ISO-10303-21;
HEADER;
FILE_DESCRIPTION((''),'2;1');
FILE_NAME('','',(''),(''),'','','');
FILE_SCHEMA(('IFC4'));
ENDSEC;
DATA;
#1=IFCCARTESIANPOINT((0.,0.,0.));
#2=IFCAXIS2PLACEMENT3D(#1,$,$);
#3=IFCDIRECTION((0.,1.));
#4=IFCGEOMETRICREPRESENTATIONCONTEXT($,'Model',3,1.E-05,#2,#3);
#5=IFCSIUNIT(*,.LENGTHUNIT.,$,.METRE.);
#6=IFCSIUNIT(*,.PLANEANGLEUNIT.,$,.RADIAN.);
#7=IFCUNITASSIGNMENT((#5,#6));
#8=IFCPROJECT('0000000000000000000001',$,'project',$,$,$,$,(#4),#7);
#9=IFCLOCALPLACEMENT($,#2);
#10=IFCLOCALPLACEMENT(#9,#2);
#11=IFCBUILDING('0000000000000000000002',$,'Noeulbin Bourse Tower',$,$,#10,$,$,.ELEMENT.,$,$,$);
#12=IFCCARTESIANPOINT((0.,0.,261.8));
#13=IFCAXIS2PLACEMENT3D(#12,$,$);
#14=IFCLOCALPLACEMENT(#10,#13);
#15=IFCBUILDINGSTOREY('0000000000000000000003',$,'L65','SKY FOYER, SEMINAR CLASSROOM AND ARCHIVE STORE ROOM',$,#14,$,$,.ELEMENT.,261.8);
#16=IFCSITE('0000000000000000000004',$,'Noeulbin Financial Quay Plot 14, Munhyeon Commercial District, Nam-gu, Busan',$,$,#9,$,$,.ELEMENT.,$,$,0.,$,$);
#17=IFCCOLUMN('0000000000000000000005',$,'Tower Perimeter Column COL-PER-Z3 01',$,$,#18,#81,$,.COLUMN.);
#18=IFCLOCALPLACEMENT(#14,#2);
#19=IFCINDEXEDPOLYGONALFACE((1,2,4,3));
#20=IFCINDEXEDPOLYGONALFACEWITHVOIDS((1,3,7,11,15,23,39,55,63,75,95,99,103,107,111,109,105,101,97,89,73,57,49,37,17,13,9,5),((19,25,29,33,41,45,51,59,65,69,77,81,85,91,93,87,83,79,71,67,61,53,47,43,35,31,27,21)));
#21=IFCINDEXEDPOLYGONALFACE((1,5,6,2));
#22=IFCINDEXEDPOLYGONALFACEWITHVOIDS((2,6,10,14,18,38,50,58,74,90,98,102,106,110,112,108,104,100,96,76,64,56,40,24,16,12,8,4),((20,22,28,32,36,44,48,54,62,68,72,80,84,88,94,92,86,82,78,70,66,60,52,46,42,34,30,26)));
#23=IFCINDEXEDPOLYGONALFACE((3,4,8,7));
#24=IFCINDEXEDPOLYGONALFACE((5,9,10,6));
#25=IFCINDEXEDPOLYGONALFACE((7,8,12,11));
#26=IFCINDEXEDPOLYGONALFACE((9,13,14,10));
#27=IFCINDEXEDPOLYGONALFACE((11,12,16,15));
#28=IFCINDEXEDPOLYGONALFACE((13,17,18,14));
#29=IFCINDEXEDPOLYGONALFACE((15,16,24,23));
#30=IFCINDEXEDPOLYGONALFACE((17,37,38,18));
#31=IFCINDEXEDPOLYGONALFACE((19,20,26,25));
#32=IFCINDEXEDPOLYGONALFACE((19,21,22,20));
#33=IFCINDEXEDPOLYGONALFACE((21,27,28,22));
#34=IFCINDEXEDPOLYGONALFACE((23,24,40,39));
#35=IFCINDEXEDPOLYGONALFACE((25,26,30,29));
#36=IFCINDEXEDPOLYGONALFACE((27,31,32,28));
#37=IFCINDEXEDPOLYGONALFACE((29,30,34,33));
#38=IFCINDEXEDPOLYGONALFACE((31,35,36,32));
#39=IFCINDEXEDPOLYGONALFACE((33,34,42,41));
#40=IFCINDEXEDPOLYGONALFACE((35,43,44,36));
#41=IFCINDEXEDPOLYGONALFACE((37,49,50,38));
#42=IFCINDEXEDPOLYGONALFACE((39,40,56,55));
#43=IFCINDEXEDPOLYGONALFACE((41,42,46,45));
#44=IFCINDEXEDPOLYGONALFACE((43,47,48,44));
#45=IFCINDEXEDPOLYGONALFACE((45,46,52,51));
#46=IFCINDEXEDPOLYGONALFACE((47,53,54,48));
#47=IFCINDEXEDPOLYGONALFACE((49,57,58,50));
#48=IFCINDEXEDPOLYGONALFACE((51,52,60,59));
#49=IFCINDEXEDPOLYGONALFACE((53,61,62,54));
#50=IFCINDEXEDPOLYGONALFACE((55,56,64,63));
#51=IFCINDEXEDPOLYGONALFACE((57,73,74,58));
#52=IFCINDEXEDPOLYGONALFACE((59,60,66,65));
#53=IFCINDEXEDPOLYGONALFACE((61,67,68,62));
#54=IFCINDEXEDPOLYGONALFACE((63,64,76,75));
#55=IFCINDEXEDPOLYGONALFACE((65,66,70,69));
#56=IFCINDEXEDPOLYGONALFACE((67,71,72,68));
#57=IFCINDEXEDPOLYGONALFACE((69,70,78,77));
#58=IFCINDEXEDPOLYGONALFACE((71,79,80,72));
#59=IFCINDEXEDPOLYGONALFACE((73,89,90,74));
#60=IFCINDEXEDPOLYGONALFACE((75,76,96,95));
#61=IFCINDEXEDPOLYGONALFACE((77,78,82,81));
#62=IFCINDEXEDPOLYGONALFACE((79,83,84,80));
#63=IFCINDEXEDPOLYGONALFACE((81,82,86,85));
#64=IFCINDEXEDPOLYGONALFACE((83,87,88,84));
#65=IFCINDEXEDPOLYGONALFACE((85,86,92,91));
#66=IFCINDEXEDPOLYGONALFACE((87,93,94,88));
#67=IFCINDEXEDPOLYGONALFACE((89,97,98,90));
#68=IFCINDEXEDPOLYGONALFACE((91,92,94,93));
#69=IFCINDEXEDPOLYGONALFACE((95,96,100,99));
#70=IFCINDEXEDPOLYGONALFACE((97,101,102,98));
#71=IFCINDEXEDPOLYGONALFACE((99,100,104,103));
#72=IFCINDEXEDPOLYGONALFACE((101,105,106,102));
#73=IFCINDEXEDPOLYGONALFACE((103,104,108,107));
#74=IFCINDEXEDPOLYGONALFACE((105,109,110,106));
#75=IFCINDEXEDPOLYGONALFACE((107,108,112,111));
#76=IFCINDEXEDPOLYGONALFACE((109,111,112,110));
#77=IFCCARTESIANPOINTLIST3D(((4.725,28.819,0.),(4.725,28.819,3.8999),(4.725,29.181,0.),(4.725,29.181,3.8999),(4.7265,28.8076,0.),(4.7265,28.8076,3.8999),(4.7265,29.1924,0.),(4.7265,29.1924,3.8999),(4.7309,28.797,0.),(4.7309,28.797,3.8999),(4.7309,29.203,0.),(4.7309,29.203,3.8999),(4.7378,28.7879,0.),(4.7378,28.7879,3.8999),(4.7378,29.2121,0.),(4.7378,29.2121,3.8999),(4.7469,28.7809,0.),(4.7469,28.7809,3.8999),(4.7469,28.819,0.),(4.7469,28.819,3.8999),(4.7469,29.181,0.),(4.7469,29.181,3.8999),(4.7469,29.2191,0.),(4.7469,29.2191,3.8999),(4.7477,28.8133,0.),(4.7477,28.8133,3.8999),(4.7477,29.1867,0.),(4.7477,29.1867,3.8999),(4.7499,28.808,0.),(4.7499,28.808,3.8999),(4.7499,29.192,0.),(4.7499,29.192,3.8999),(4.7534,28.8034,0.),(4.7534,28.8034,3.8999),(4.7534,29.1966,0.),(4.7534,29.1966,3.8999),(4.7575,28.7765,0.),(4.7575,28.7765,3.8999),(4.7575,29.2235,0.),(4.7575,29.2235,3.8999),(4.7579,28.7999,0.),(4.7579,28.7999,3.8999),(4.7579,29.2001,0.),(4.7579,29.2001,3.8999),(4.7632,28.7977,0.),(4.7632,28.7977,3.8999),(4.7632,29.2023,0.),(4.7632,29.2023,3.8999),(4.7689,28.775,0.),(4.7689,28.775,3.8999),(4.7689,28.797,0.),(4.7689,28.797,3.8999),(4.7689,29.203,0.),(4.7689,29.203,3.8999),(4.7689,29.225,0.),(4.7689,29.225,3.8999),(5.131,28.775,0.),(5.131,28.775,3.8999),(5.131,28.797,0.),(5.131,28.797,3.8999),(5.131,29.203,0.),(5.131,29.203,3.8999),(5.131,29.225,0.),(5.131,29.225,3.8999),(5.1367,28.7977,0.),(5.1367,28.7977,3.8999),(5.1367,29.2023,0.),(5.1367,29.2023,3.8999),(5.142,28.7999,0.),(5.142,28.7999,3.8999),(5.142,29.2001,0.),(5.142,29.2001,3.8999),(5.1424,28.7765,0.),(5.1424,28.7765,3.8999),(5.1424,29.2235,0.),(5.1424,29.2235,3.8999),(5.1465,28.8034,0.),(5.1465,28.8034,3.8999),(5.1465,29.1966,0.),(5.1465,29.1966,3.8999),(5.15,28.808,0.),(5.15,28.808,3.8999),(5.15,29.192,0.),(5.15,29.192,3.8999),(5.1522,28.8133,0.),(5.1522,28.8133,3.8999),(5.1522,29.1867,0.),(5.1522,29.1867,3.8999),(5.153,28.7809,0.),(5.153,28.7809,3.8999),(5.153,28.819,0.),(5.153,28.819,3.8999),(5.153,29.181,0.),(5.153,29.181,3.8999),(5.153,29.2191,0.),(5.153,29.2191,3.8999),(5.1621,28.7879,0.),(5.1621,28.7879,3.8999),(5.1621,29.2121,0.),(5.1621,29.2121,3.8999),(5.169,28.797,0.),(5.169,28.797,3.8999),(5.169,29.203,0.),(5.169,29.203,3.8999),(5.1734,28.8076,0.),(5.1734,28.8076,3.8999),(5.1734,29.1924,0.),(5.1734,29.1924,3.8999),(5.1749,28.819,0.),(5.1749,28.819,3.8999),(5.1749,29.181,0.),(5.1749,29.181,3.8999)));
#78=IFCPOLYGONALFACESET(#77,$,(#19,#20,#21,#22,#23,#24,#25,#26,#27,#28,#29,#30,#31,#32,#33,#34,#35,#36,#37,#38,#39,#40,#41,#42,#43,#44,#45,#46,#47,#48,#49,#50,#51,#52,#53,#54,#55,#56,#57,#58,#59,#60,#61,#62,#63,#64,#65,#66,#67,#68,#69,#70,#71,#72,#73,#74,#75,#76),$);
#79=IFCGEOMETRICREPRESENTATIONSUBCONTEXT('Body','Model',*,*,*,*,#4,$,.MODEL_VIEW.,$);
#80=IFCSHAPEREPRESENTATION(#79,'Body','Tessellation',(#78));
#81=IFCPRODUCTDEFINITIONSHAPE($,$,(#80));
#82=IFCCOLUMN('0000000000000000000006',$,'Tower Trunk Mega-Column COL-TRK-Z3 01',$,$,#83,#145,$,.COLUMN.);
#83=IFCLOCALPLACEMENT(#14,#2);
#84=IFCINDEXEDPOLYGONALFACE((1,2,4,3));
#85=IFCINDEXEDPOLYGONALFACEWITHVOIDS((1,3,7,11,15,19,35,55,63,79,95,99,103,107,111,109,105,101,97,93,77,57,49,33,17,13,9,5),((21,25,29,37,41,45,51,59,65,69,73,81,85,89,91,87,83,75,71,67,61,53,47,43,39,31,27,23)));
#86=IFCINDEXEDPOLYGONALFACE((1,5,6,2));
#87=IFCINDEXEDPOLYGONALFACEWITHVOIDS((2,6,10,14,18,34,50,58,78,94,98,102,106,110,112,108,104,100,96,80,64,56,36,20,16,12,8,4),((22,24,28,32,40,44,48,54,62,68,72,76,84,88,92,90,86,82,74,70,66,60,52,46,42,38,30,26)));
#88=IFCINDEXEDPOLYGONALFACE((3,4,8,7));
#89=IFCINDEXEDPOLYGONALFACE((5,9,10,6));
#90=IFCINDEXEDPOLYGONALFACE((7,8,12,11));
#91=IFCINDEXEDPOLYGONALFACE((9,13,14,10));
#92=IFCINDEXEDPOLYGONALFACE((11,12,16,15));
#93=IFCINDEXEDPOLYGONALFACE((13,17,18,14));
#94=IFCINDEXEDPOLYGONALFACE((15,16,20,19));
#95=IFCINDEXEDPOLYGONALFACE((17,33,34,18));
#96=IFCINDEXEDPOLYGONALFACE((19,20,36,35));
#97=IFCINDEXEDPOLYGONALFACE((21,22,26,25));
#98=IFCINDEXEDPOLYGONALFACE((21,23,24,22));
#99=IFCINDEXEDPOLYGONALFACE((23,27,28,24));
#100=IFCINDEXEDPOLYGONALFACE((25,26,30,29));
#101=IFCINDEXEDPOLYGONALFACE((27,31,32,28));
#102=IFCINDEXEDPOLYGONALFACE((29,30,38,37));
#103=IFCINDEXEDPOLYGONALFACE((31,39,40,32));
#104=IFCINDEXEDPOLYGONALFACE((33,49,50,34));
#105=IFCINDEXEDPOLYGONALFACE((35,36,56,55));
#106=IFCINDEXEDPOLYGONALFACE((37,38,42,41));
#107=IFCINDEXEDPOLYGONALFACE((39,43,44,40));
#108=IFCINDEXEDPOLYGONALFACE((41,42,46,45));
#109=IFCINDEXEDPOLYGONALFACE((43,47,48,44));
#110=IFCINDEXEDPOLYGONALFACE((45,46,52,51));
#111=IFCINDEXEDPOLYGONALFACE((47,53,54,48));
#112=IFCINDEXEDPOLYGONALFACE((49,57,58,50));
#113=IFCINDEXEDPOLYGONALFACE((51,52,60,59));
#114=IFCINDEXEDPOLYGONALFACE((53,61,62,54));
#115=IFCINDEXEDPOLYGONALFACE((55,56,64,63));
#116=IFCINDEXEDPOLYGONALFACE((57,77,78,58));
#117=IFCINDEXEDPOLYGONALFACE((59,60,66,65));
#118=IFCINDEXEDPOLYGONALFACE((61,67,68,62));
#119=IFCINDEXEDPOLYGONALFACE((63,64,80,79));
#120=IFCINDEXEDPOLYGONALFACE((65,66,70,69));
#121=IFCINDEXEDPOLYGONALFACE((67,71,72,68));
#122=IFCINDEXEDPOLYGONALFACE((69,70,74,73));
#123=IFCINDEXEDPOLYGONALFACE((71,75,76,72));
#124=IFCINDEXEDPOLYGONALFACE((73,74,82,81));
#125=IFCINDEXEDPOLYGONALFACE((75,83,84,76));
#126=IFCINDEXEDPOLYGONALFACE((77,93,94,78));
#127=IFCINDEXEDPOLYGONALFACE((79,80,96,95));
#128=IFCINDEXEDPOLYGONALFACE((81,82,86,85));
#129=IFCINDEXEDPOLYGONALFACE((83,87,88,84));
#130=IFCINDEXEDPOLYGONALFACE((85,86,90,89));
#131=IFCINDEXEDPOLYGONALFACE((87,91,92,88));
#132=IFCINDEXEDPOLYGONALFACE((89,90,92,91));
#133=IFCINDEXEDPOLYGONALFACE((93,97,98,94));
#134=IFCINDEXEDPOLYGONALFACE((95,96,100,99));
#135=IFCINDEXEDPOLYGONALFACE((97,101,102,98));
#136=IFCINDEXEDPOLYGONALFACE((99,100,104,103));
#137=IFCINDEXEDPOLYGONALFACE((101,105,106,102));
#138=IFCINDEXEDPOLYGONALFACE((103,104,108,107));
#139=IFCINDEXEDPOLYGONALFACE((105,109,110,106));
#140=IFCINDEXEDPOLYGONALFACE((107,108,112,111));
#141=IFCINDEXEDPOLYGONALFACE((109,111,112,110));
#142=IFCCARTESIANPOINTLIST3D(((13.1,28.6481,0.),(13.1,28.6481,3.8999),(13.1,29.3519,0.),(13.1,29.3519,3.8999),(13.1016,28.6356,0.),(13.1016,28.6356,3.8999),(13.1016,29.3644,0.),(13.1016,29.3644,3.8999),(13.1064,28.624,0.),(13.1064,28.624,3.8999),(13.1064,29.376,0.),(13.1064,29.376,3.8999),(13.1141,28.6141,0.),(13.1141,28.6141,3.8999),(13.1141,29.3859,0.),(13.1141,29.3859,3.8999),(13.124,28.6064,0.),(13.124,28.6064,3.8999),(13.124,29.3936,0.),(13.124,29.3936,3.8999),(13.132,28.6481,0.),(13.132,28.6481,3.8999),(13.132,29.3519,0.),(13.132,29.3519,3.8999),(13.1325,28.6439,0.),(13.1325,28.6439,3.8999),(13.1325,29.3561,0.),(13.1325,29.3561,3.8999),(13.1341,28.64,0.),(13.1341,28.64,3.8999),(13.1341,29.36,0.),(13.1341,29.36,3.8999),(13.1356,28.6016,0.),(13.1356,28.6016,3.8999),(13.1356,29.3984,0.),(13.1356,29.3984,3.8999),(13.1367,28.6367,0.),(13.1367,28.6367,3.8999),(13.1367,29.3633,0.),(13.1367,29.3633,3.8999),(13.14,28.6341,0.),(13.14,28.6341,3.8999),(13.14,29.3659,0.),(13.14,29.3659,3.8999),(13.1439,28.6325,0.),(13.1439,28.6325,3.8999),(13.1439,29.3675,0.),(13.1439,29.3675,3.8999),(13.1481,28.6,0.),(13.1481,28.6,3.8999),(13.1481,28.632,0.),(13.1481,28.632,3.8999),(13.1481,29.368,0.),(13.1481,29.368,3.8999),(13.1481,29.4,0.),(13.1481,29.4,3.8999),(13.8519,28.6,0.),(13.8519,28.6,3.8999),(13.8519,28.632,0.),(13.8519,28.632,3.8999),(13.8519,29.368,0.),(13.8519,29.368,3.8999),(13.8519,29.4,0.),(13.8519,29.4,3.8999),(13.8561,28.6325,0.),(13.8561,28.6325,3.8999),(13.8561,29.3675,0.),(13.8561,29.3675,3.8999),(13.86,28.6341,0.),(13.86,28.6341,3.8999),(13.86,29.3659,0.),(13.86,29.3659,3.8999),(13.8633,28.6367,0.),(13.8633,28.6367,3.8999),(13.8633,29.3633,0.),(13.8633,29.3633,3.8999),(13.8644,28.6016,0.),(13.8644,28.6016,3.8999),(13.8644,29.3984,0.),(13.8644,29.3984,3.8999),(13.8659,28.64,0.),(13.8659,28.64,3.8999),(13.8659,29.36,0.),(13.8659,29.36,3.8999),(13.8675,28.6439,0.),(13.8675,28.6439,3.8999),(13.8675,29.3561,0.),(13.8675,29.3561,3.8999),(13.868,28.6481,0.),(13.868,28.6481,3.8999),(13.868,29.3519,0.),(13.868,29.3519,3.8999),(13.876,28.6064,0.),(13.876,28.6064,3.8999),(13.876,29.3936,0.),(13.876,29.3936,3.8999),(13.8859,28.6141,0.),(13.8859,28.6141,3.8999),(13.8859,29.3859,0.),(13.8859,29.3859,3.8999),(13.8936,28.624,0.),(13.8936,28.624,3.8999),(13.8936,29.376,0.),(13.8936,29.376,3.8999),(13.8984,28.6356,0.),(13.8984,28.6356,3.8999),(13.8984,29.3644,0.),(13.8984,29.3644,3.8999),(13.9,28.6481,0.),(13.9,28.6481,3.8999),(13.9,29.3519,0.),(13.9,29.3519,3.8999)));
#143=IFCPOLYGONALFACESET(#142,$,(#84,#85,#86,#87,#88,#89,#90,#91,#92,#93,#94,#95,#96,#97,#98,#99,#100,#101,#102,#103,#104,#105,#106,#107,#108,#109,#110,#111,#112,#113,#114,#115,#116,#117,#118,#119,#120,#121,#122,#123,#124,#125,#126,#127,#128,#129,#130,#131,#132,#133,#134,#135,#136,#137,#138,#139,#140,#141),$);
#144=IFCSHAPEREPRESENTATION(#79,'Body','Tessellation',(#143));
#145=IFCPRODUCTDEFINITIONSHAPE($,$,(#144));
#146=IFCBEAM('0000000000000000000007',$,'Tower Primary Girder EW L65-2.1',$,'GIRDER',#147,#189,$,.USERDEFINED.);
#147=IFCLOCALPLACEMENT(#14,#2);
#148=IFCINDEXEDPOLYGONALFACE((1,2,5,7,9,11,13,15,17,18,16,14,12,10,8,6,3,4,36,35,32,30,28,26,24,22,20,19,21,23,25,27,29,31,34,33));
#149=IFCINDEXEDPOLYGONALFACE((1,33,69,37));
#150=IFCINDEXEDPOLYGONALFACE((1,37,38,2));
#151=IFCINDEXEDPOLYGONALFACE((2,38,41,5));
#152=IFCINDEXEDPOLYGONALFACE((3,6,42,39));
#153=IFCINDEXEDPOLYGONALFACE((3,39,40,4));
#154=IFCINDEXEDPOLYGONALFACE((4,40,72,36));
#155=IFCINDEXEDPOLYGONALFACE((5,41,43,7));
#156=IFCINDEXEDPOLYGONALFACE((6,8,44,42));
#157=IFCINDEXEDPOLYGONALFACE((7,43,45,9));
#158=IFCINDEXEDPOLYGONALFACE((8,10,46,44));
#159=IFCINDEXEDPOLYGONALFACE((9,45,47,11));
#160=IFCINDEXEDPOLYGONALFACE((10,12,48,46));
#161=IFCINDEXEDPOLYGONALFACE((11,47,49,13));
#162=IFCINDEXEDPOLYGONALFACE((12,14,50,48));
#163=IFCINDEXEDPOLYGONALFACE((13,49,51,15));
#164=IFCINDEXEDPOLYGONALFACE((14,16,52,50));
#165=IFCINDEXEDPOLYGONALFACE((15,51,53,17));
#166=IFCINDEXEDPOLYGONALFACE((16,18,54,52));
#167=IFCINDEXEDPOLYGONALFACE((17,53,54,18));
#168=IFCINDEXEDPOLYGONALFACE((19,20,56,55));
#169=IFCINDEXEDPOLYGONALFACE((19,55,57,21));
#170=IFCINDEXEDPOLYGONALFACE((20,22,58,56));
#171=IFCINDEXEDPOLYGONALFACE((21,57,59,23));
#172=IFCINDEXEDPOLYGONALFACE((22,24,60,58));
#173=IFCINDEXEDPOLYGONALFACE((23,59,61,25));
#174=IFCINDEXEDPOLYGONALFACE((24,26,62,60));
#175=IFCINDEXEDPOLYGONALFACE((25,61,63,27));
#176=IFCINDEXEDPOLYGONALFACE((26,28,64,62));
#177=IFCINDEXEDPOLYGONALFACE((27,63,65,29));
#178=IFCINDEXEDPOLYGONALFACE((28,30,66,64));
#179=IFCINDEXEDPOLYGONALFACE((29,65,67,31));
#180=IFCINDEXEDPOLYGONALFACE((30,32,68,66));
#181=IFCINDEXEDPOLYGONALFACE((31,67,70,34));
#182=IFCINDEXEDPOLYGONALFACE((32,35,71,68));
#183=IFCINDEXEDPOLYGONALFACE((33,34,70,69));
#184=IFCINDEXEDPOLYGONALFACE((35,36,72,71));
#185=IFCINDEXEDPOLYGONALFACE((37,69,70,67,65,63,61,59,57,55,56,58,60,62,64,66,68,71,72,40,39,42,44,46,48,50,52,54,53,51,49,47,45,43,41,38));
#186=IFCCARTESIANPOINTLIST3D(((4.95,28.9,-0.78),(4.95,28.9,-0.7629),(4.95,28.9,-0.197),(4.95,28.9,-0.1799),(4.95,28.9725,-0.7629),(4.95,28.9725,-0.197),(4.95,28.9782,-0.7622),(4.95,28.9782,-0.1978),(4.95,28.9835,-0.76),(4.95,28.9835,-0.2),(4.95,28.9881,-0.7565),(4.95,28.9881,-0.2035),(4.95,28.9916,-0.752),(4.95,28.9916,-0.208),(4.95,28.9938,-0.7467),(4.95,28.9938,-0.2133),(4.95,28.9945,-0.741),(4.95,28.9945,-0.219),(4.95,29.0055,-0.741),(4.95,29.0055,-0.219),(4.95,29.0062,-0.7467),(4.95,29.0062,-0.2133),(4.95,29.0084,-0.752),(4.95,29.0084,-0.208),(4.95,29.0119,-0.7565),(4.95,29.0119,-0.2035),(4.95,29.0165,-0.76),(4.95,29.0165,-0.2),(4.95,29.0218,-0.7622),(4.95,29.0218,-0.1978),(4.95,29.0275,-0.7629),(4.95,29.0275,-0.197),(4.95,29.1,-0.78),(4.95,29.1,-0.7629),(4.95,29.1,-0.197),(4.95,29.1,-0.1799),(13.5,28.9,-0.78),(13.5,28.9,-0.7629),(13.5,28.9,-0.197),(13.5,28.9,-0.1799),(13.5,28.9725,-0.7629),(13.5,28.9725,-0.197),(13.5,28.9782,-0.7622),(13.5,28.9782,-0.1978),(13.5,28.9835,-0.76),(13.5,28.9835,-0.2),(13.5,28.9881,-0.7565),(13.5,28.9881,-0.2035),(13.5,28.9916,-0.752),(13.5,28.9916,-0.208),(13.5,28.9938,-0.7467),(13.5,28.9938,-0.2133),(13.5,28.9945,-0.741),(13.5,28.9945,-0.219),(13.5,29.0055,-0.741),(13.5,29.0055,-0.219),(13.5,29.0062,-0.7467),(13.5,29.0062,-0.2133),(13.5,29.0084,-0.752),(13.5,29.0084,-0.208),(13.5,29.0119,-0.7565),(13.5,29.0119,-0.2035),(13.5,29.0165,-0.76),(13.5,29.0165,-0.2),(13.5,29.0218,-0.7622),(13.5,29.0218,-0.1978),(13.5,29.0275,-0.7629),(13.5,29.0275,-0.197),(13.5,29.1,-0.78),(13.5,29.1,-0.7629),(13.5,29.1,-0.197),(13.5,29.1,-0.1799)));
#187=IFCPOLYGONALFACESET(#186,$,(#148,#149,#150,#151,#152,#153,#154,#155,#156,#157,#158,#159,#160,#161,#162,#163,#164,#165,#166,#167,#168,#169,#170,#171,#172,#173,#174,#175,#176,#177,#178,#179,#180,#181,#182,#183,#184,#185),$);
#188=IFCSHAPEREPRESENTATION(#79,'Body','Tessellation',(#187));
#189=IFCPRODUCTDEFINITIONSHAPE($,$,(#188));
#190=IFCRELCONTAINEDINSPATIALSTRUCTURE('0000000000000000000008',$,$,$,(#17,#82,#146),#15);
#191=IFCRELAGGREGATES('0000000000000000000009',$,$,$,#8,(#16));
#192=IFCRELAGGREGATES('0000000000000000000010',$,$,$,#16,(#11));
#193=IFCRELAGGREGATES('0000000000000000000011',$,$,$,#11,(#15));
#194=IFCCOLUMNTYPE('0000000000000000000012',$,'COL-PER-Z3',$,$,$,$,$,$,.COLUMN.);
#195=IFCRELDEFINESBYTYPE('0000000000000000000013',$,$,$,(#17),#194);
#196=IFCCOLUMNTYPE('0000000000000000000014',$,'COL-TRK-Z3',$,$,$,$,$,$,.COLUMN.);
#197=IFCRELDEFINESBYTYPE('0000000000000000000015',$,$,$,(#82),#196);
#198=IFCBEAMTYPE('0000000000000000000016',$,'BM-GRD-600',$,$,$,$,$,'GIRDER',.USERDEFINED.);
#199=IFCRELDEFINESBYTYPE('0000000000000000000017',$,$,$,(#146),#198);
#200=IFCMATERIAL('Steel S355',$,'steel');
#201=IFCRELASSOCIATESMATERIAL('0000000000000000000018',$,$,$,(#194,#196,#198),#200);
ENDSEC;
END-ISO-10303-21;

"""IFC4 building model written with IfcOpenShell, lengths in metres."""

from ifc_helpers import new_model, si_unit, direction, frame, origin, origin_2d, place, context, subcontext, project, spatial, hollow_rectangle, i_section, extrude, material, material_profile, profile_set, type_object, element, save


model = new_model("IFC4")

# Units and contexts
model_context = context("Model", 3, precision=1e-05, world=origin(), true_north=direction((0.0, 1.0)))
body_context = subcontext(model_context, "Body", "Model", "MODEL_VIEW")
ifc_project = project(units=[si_unit("LENGTHUNIT", "METRE"), si_unit("PLANEANGLEUNIT", "RADIAN")], contexts=[model_context])

# Site, building, storey
site_placement = place(None, origin())
site = spatial("IfcSite", under=ifc_project, at=site_placement, Name="Noeulbin Financial Quay Plot 14, Munhyeon Commercial District, Nam-gu, Busan", CompositionType="ELEMENT", RefElevation=0.0)
building_placement = place(site_placement, origin())
building = spatial("IfcBuilding", under=site, at=building_placement, Name="Noeulbin Bourse Tower", CompositionType="ELEMENT")
storey_placement = place(building_placement, frame((0.0, 0.0, 261.8)))
storey = spatial("IfcBuildingStorey", under=building, at=storey_placement, Name="L65", Description="SKY FOYER, SEMINAR CLASSROOM AND ARCHIVE STORE ROOM", CompositionType="ELEMENT", Elevation=261.8)

# Columns
ifc_material_1 = material(Name="Steel S355", Category="steel")
ifc_material_profile_1 = material_profile(ifc_material_1, hollow_rectangle(XDim=0.45, YDim=0.45, WallThickness=0.022, InnerFilletRadius=0.022, OuterFilletRadius=0.0439, at=origin_2d()), Name="SHS-450x450x22", Category="LoadBearing")
ifc_profile_set_1 = profile_set([ifc_material_profile_1], Name="Steel S355")
column_type_1 = type_object("IfcColumnType", Name="COL-PER-Z3", PredefinedType="COLUMN", material=ifc_profile_set_1)
column_1_placement = place(storey_placement, frame((4.95, 29.0, 0.0), z_axis=(0.0, 0.0, 1.0), x_axis=(1.0, 0.0, 0.0)))
element("IfcColumn", 1, at=column_1_placement, inside=storey, type_object=column_type_1, Name="Tower Perimeter Column COL-PER-Z3 01", PredefinedType="COLUMN", context=body_context, shape_type="SweptSolid", body=[
    extrude(hollow_rectangle(XDim=0.45, YDim=0.45, WallThickness=0.022, InnerFilletRadius=0.022, OuterFilletRadius=0.0439, at=origin_2d()), origin(), (0.0, 0.0, 1.0), 3.8999),
])
ifc_material_profile_2 = material_profile(ifc_material_1, hollow_rectangle(XDim=0.8, YDim=0.8, WallThickness=0.032, InnerFilletRadius=0.0161, OuterFilletRadius=0.0481, at=origin_2d()), Name="BOX-800x800x32", Category="LoadBearing")
ifc_profile_set_2 = profile_set([ifc_material_profile_2], Name="Steel S355")
column_type_2 = type_object("IfcColumnType", Name="COL-TRK-Z3", PredefinedType="COLUMN", material=ifc_profile_set_2)
column_2_placement = place(storey_placement, frame((13.5, 29.0, 0.0), z_axis=(0.0, 0.0, 1.0), x_axis=(1.0, 0.0, 0.0)))
element("IfcColumn", 2, at=column_2_placement, inside=storey, type_object=column_type_2, Name="Tower Trunk Mega-Column COL-TRK-Z3 01", PredefinedType="COLUMN", context=body_context, shape_type="SweptSolid", body=[
    extrude(hollow_rectangle(XDim=0.8, YDim=0.8, WallThickness=0.032, InnerFilletRadius=0.0161, OuterFilletRadius=0.0481, at=origin_2d()), origin(), (0.0, 0.0, 1.0), 3.8999),
])

# Beam
ifc_material_profile_3 = material_profile(ifc_material_1, i_section(OverallWidth=0.2, OverallDepth=0.6001, WebThickness=0.011, FlangeThickness=0.0171, FilletRadius=0.022, at=origin_2d()), Name="H-600x200x11x17", Category="LoadBearing")
ifc_profile_set_3 = profile_set([ifc_material_profile_3], Name="Steel S355")
beam_type = type_object("IfcBeamType", Name="BM-GRD-600", ElementType="GIRDER", PredefinedType="USERDEFINED", material=ifc_profile_set_3)
beam_placement = place(storey_placement, frame((4.95, 29.0, -0.48), z_axis=(1.0, 0.0, 0.0), x_axis=(0.0, 1.0, 0.0)))
element("IfcBeam", 3, at=beam_placement, inside=storey, type_object=beam_type, Name="Tower Primary Girder EW L65-2.1", ObjectType="GIRDER", PredefinedType="USERDEFINED", context=body_context, shape_type="SweptSolid", body=[
    extrude(i_section(OverallWidth=0.2, OverallDepth=0.6001, WebThickness=0.011, FlangeThickness=0.0171, FilletRadius=0.022, at=origin_2d()), origin(), (0.0, 0.0, 1.0), 8.55),
])

save(model, "model.ifc")
